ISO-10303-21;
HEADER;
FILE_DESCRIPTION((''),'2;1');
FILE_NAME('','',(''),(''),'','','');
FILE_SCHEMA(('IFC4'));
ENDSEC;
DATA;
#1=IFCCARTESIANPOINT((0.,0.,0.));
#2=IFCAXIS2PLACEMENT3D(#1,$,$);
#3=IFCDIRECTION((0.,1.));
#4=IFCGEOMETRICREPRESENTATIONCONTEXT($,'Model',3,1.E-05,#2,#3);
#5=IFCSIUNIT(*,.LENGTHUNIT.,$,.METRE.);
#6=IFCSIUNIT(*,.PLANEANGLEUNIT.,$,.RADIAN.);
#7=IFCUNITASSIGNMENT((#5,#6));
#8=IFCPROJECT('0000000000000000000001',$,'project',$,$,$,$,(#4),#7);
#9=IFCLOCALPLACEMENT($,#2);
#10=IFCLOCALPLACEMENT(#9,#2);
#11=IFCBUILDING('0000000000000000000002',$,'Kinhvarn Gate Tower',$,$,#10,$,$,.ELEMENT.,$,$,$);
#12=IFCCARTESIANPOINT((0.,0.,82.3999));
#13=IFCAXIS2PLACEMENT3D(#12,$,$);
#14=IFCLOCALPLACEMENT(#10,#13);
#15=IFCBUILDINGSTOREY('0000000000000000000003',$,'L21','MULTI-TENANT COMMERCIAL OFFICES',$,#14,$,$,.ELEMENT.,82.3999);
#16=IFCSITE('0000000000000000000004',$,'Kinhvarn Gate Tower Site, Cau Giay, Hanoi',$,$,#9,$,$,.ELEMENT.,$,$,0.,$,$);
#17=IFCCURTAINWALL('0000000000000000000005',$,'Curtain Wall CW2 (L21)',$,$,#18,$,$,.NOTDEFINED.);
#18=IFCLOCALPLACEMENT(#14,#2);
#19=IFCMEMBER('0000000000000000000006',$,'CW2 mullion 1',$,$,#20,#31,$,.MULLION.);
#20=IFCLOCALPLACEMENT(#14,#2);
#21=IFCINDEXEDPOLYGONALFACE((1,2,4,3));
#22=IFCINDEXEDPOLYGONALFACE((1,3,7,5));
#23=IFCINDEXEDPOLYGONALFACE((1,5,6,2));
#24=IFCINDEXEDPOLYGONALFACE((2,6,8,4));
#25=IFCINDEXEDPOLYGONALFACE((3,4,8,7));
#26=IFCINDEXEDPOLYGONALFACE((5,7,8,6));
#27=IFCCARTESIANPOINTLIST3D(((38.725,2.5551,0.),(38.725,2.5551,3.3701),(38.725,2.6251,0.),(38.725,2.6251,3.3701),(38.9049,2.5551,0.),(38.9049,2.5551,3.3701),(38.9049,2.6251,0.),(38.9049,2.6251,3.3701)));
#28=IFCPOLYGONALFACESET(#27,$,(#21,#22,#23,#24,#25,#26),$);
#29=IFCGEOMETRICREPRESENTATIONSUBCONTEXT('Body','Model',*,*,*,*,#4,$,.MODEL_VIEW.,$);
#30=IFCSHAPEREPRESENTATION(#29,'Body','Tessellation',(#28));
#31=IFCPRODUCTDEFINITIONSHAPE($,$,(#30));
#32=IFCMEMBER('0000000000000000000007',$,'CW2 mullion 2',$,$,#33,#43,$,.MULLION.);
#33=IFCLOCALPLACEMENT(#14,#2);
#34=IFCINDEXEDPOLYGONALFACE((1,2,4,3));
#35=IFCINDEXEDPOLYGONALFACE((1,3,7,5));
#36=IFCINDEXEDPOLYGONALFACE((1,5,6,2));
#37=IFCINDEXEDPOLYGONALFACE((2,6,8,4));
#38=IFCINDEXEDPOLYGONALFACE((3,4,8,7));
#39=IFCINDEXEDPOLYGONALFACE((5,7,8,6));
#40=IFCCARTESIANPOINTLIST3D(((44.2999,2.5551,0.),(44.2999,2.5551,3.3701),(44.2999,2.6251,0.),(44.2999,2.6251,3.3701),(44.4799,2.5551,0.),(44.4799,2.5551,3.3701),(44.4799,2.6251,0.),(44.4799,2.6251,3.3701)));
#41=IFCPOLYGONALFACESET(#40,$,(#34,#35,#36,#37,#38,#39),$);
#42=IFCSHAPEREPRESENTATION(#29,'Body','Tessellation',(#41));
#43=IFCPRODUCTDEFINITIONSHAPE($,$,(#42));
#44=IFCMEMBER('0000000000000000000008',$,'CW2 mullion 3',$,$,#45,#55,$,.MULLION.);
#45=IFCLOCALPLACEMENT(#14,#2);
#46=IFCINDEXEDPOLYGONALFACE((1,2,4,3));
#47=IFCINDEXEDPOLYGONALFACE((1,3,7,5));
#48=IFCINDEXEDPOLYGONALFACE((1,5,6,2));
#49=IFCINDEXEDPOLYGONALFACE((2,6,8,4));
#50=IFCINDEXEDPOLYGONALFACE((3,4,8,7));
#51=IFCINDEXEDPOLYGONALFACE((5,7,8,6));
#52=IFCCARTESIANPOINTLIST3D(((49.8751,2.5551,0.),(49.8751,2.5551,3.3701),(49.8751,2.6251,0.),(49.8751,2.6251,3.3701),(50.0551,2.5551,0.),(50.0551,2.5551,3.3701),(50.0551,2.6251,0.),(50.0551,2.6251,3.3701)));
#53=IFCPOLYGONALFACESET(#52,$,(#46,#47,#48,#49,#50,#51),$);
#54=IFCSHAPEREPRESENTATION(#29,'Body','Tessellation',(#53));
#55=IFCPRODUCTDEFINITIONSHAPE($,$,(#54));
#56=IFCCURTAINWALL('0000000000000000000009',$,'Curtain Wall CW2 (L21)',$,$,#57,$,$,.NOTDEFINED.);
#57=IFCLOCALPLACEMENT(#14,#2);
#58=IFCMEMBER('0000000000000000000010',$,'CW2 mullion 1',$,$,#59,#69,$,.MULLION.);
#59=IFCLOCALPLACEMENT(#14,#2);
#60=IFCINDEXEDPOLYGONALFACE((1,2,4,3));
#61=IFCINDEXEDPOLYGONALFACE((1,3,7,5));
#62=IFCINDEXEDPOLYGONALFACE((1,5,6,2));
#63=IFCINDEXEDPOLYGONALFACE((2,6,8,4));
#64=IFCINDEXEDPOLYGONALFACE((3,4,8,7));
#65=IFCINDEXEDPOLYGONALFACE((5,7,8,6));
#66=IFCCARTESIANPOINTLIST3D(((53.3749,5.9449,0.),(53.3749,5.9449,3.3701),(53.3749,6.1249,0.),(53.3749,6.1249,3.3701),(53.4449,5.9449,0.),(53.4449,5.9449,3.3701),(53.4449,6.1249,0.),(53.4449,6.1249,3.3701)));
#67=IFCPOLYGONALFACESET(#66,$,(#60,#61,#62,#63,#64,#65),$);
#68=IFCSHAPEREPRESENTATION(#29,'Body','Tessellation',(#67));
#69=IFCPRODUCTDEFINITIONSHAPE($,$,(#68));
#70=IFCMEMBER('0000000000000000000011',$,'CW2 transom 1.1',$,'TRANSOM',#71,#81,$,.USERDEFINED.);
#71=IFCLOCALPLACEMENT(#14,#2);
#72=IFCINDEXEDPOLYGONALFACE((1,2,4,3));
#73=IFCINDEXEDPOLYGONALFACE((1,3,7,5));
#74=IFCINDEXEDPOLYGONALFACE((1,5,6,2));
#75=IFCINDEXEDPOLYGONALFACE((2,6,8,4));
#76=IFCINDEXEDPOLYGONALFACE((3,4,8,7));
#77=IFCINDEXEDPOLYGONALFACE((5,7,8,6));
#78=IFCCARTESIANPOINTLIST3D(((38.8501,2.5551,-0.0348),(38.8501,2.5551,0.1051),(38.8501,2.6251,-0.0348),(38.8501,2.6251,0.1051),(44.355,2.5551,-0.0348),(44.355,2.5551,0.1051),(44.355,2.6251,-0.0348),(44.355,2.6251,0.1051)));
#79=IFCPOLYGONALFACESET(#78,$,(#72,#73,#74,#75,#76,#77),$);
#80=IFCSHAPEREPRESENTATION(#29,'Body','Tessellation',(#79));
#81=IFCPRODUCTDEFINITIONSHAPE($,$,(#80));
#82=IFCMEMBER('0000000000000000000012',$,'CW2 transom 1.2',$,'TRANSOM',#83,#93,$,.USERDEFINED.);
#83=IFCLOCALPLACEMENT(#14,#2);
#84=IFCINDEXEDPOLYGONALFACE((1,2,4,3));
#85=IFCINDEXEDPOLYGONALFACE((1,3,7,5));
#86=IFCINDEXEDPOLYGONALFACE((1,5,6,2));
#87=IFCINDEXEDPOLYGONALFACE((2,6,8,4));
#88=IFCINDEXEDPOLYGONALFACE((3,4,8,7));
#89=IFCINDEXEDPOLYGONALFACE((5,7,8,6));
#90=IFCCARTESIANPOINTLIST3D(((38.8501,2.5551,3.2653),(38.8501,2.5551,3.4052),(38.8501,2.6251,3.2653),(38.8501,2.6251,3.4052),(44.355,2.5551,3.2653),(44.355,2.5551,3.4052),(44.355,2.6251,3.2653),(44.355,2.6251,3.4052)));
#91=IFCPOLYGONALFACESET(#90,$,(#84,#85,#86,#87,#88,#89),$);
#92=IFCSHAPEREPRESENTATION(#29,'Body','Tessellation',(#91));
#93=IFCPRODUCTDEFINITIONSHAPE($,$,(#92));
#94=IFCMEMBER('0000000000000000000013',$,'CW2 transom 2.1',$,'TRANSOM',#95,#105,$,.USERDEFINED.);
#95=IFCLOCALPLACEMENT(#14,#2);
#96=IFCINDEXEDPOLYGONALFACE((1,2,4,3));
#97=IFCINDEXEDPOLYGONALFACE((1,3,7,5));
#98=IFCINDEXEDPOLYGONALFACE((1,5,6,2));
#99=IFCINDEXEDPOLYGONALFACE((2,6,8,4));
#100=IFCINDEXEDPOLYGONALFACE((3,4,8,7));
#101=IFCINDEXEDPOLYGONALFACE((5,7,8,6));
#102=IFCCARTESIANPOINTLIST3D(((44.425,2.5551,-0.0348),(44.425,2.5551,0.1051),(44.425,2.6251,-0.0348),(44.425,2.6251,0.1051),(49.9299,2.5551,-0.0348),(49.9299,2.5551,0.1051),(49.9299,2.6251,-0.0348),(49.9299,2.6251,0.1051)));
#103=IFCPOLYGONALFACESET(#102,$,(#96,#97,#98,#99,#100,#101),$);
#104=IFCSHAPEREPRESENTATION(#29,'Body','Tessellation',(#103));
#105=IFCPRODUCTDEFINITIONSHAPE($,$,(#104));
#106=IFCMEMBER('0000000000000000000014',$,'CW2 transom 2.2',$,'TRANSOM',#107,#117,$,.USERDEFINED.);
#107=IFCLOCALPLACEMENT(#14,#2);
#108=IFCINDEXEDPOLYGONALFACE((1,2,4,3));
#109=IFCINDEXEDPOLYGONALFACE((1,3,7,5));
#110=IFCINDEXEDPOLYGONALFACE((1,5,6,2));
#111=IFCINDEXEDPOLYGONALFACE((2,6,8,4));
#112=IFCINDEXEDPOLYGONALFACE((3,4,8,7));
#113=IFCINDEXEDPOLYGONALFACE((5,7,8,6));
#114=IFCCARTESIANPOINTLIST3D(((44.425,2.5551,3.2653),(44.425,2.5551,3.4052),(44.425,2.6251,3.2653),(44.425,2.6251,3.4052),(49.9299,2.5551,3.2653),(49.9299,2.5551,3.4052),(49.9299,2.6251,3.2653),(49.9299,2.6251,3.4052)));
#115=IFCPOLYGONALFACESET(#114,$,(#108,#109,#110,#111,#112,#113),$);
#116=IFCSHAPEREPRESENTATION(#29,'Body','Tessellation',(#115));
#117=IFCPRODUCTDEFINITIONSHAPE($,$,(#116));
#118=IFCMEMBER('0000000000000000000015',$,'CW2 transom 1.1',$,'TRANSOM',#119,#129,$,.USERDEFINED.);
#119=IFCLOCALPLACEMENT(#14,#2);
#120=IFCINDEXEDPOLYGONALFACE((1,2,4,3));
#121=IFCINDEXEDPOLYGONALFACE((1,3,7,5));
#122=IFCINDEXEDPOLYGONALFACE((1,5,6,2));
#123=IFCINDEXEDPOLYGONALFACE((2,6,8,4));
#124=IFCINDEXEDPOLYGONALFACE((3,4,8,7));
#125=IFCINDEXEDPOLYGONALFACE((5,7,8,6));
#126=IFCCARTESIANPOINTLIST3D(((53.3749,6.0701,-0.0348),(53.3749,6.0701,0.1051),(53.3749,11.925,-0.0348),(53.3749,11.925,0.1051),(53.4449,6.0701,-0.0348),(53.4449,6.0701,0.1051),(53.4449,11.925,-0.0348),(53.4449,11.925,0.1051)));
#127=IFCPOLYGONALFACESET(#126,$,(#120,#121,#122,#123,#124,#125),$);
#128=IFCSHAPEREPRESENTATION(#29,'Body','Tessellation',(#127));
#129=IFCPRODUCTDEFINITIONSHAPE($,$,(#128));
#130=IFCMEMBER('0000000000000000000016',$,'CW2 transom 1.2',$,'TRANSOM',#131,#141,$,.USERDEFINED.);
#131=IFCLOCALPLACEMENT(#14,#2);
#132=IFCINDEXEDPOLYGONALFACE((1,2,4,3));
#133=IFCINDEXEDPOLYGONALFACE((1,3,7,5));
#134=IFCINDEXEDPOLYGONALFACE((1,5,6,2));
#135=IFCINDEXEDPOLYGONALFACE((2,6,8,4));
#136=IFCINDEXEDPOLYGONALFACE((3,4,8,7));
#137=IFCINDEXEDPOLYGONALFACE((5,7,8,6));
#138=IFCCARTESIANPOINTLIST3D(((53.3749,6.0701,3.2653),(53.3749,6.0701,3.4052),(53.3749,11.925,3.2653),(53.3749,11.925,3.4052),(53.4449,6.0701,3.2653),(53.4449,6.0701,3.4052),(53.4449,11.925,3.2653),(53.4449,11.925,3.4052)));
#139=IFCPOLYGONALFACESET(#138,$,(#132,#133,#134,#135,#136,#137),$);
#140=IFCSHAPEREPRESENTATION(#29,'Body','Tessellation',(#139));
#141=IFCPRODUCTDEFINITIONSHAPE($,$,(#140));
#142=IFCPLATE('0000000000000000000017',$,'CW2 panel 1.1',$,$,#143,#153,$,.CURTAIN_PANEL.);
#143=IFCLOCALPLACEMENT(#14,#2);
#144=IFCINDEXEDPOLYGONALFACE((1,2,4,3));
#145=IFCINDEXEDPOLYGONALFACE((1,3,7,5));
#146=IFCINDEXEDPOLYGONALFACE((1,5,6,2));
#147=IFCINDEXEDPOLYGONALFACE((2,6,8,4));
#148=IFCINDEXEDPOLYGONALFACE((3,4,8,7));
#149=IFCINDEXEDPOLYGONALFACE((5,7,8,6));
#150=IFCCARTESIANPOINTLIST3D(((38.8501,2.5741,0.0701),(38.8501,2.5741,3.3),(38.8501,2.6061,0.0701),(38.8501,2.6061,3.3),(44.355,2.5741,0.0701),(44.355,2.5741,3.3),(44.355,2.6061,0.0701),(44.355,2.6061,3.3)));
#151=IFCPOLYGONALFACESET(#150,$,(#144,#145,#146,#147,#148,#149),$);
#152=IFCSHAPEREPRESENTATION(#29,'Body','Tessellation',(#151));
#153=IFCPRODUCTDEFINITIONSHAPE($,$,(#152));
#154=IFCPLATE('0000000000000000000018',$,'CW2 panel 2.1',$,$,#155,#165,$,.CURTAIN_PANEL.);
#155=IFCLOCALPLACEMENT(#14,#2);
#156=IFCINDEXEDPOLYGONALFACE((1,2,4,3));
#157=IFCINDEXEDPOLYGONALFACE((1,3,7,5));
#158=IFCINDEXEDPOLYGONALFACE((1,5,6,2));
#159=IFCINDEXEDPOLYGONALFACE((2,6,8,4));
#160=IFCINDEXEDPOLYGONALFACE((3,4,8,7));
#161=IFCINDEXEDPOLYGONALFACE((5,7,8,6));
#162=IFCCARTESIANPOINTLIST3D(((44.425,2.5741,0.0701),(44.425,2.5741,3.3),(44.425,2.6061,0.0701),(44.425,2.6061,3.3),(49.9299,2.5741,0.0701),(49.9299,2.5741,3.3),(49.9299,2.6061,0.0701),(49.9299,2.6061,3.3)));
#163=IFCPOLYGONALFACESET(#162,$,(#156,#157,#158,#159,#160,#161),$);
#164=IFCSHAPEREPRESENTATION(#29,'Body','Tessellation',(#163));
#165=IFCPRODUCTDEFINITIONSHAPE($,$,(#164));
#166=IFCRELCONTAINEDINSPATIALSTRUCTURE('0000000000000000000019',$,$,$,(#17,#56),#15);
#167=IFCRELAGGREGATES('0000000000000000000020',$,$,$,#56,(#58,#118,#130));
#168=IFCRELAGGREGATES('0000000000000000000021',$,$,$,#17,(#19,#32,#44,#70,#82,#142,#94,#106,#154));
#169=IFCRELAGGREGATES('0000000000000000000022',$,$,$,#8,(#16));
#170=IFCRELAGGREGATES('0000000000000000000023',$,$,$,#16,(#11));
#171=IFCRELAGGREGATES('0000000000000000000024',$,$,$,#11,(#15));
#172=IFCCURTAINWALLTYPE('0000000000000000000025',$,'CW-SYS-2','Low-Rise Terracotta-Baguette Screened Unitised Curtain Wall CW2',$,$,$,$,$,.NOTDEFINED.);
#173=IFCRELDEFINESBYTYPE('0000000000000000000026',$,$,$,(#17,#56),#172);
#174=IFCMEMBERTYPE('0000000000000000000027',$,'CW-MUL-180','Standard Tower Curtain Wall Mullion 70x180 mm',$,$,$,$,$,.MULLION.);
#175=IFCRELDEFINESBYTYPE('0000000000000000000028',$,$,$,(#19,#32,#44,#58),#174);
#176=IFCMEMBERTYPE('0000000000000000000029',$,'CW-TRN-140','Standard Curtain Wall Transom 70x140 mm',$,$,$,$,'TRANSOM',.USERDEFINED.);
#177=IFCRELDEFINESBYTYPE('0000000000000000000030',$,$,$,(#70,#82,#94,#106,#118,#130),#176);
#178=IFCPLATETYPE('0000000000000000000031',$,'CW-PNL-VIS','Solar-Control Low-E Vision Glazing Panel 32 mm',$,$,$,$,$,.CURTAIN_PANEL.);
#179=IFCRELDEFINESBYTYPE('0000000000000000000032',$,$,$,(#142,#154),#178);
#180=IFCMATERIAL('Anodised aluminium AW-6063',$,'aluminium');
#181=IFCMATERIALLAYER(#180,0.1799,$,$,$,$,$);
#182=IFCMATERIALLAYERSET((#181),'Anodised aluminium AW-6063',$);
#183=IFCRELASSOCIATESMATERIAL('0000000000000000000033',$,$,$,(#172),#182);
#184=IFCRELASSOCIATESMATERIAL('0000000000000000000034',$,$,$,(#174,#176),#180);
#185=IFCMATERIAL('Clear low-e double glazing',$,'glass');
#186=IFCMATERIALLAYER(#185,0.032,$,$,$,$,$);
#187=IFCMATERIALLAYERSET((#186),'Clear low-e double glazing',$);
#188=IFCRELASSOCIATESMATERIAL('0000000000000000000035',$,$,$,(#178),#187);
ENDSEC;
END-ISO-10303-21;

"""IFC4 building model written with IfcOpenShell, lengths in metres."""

from ifc_helpers import new_model, si_unit, direction, frame, origin, origin_2d, place, context, subcontext, project, spatial, rectangle, extrude, material, layer, layer_set, material_profile, profile_set, type_object, element, aggregate, save


model = new_model("IFC4")

# Units and contexts
model_context = context("Model", 3, precision=1e-05, world=origin(), true_north=direction((0.0, 1.0)))
body_context = subcontext(model_context, "Body", "Model", "MODEL_VIEW")
ifc_project = project(units=[si_unit("LENGTHUNIT", "METRE"), si_unit("PLANEANGLEUNIT", "RADIAN")], contexts=[model_context])

# Site, building, storey
site_placement = place(None, origin())
site = spatial("IfcSite", under=ifc_project, at=site_placement, Name="Kinhvarn Gate Tower Site, Cau Giay, Hanoi", CompositionType="ELEMENT", RefElevation=0.0)
building_placement = place(site_placement, origin())
building = spatial("IfcBuilding", under=site, at=building_placement, Name="Kinhvarn Gate Tower", CompositionType="ELEMENT")
storey_placement = place(building_placement, frame((0.0, 0.0, 82.3999)))
storey = spatial("IfcBuildingStorey", under=building, at=storey_placement, Name="L21", Description="MULTI-TENANT COMMERCIAL OFFICES", CompositionType="ELEMENT", Elevation=82.3999)

# Curtain wall, members
ifc_material_1 = material(Name="Anodised aluminium AW-6063", Category="aluminium")
ifc_layer_1 = layer(ifc_material_1, 0.1799)
ifc_layer_set_1 = layer_set([ifc_layer_1], Name="Anodised aluminium AW-6063")
curtain_wall_type = type_object("IfcCurtainWallType", Name="CW-SYS-2", Description="Low-Rise Terracotta-Baguette Screened Unitised Curtain Wall CW2", PredefinedType="NOTDEFINED", material=ifc_layer_set_1)
curtain_wall_1_placement = place(storey_placement, origin())
curtain_wall_1 = element("IfcCurtainWall", 1, at=curtain_wall_1_placement, inside=storey, type_object=curtain_wall_type, Name="Curtain Wall CW2 (L21)", PredefinedType="NOTDEFINED")
ifc_material_profile_1 = material_profile(ifc_material_1, rectangle(XDim=0.0701, YDim=0.1799, at=origin_2d()), Name="ALU 70x180")
ifc_profile_set_1 = profile_set([ifc_material_profile_1], Name="Anodised aluminium AW-6063")
member_type_1 = type_object("IfcMemberType", Name="CW-MUL-180", Description="Standard Tower Curtain Wall Mullion 70x180 mm", PredefinedType="MULLION", material=ifc_profile_set_1)
member_1_placement = place(storey_placement, frame((38.8149, 2.5901, 0.0), z_axis=(0.0, 0.0, 1.0), x_axis=(0.0, 1.0, 0.0)))
member_1 = element("IfcMember", 2, at=member_1_placement, type_object=member_type_1, Name="CW2 mullion 1", PredefinedType="MULLION", context=body_context, shape_type="SweptSolid", body=[
    extrude(rectangle(XDim=0.0701, YDim=0.1799, at=origin_2d()), origin(), (0.0, 0.0, 1.0), 3.3701),
])
member_2_placement = place(storey_placement, frame((44.3899, 2.5901, 0.0), z_axis=(0.0, 0.0, 1.0), x_axis=(0.0, 1.0, 0.0)))
member_2 = element("IfcMember", 3, at=member_2_placement, type_object=member_type_1, Name="CW2 mullion 2", PredefinedType="MULLION", context=body_context, shape_type="SweptSolid", body=[
    extrude(rectangle(XDim=0.0701, YDim=0.1799, at=origin_2d()), origin(), (0.0, 0.0, 1.0), 3.3701),
])
member_3_placement = place(storey_placement, frame((49.9651, 2.5901, 0.0), z_axis=(0.0, 0.0, 1.0), x_axis=(0.0, 1.0, 0.0)))
member_3 = element("IfcMember", 4, at=member_3_placement, type_object=member_type_1, Name="CW2 mullion 3", PredefinedType="MULLION", context=body_context, shape_type="SweptSolid", body=[
    extrude(rectangle(XDim=0.0701, YDim=0.1799, at=origin_2d()), origin(), (0.0, 0.0, 1.0), 3.3701),
])

# Curtain wall, member
curtain_wall_2_placement = place(storey_placement, origin())
curtain_wall_2 = element("IfcCurtainWall", 5, at=curtain_wall_2_placement, inside=storey, type_object=curtain_wall_type, Name="Curtain Wall CW2 (L21)", PredefinedType="NOTDEFINED")
member_4_placement = place(storey_placement, frame((53.4099, 6.0349, 0.0), z_axis=(0.0, 0.0, 1.0), x_axis=(-1.0, 0.0, 0.0)))
member_4 = element("IfcMember", 6, at=member_4_placement, type_object=member_type_1, Name="CW2 mullion 1", PredefinedType="MULLION", context=body_context, shape_type="SweptSolid", body=[
    extrude(rectangle(XDim=0.0701, YDim=0.1799, at=origin_2d()), origin(), (0.0, 0.0, 1.0), 3.3701),
])

# Members
ifc_material_profile_2 = material_profile(ifc_material_1, rectangle(XDim=0.0701, YDim=0.1399, at=origin_2d()), Name="ALU 70x140")
ifc_profile_set_2 = profile_set([ifc_material_profile_2], Name="Anodised aluminium AW-6063")
member_type_2 = type_object("IfcMemberType", Name="CW-TRN-140", Description="Standard Curtain Wall Transom 70x140 mm", ElementType="TRANSOM", PredefinedType="USERDEFINED", material=ifc_profile_set_2)
member_5_placement = place(storey_placement, frame((38.8501, 2.5901, 0.0352), z_axis=(1.0, 0.0, 0.0), x_axis=(0.0, 1.0, 0.0)))
member_5 = element("IfcMember", 7, at=member_5_placement, type_object=member_type_2, Name="CW2 transom 1.1", ObjectType="TRANSOM", PredefinedType="USERDEFINED", context=body_context, shape_type="SweptSolid", body=[
    extrude(rectangle(XDim=0.0701, YDim=0.1399, at=origin_2d()), origin(), (0.0, 0.0, 1.0), 5.5049),
])
member_6_placement = place(storey_placement, frame((38.8501, 2.5901, 3.3352), z_axis=(1.0, 0.0, 0.0), x_axis=(0.0, 1.0, 0.0)))
member_6 = element("IfcMember", 8, at=member_6_placement, type_object=member_type_2, Name="CW2 transom 1.2", ObjectType="TRANSOM", PredefinedType="USERDEFINED", context=body_context, shape_type="SweptSolid", body=[
    extrude(rectangle(XDim=0.0701, YDim=0.1399, at=origin_2d()), origin(), (0.0, 0.0, 1.0), 5.5049),
])
member_7_placement = place(storey_placement, frame((44.425, 2.5901, 0.0352), z_axis=(1.0, 0.0, 0.0), x_axis=(0.0, 1.0, 0.0)))
member_7 = element("IfcMember", 9, at=member_7_placement, type_object=member_type_2, Name="CW2 transom 2.1", ObjectType="TRANSOM", PredefinedType="USERDEFINED", context=body_context, shape_type="SweptSolid", body=[
    extrude(rectangle(XDim=0.0701, YDim=0.1399, at=origin_2d()), origin(), (0.0, 0.0, 1.0), 5.5049),
])
member_8_placement = place(storey_placement, frame((44.425, 2.5901, 3.3352), z_axis=(1.0, 0.0, 0.0), x_axis=(0.0, 1.0, 0.0)))
member_8 = element("IfcMember", 10, at=member_8_placement, type_object=member_type_2, Name="CW2 transom 2.2", ObjectType="TRANSOM", PredefinedType="USERDEFINED", context=body_context, shape_type="SweptSolid", body=[
    extrude(rectangle(XDim=0.0701, YDim=0.1399, at=origin_2d()), origin(), (0.0, 0.0, 1.0), 5.5049),
])
member_9_placement = place(storey_placement, frame((53.4099, 6.0701, 0.0352), z_axis=(0.0, 1.0, 0.0), x_axis=(-1.0, 0.0, 0.0)))
member_9 = element("IfcMember", 11, at=member_9_placement, type_object=member_type_2, Name="CW2 transom 1.1", ObjectType="TRANSOM", PredefinedType="USERDEFINED", context=body_context, shape_type="SweptSolid", body=[
    extrude(rectangle(XDim=0.0701, YDim=0.1399, at=origin_2d()), origin(), (0.0, 0.0, 1.0), 5.855),
])
member_10_placement = place(storey_placement, frame((53.4099, 6.0701, 3.3352), z_axis=(0.0, 1.0, 0.0), x_axis=(-1.0, 0.0, 0.0)))
member_10 = element("IfcMember", 12, at=member_10_placement, type_object=member_type_2, Name="CW2 transom 1.2", ObjectType="TRANSOM", PredefinedType="USERDEFINED", context=body_context, shape_type="SweptSolid", body=[
    extrude(rectangle(XDim=0.0701, YDim=0.1399, at=origin_2d()), origin(), (0.0, 0.0, 1.0), 5.855),
])
aggregate(curtain_wall_2, [member_4, member_9, member_10])

# Plates
ifc_material_2 = material(Name="Clear low-e double glazing", Category="glass")
ifc_layer_2 = layer(ifc_material_2, 0.032)
ifc_layer_set_2 = layer_set([ifc_layer_2], Name="Clear low-e double glazing")
plate_type = type_object("IfcPlateType", Name="CW-PNL-VIS", Description="Solar-Control Low-E Vision Glazing Panel 32 mm", PredefinedType="CURTAIN_PANEL", material=ifc_layer_set_2)
plate_1_placement = place(storey_placement, frame((41.6025, 2.5901, 0.0701), z_axis=(0.0, 0.0, 1.0), x_axis=(1.0, 0.0, 0.0)))
plate_1 = element("IfcPlate", 13, at=plate_1_placement, type_object=plate_type, Name="CW2 panel 1.1", PredefinedType="CURTAIN_PANEL", context=body_context, shape_type="SweptSolid", body=[
    extrude(rectangle(XDim=5.5049, YDim=0.032, at=origin_2d()), origin(), (0.0, 0.0, 1.0), 3.23),
])
plate_2_placement = place(storey_placement, frame((47.1775, 2.5901, 0.0701), z_axis=(0.0, 0.0, 1.0), x_axis=(1.0, 0.0, 0.0)))
plate_2 = element("IfcPlate", 14, at=plate_2_placement, type_object=plate_type, Name="CW2 panel 2.1", PredefinedType="CURTAIN_PANEL", context=body_context, shape_type="SweptSolid", body=[
    extrude(rectangle(XDim=5.5049, YDim=0.032, at=origin_2d()), origin(), (0.0, 0.0, 1.0), 3.23),
])
aggregate(curtain_wall_1, [member_1, member_2, member_3, member_5, member_6, plate_1, member_7, member_8, plate_2])

save(model, "model.ifc")
